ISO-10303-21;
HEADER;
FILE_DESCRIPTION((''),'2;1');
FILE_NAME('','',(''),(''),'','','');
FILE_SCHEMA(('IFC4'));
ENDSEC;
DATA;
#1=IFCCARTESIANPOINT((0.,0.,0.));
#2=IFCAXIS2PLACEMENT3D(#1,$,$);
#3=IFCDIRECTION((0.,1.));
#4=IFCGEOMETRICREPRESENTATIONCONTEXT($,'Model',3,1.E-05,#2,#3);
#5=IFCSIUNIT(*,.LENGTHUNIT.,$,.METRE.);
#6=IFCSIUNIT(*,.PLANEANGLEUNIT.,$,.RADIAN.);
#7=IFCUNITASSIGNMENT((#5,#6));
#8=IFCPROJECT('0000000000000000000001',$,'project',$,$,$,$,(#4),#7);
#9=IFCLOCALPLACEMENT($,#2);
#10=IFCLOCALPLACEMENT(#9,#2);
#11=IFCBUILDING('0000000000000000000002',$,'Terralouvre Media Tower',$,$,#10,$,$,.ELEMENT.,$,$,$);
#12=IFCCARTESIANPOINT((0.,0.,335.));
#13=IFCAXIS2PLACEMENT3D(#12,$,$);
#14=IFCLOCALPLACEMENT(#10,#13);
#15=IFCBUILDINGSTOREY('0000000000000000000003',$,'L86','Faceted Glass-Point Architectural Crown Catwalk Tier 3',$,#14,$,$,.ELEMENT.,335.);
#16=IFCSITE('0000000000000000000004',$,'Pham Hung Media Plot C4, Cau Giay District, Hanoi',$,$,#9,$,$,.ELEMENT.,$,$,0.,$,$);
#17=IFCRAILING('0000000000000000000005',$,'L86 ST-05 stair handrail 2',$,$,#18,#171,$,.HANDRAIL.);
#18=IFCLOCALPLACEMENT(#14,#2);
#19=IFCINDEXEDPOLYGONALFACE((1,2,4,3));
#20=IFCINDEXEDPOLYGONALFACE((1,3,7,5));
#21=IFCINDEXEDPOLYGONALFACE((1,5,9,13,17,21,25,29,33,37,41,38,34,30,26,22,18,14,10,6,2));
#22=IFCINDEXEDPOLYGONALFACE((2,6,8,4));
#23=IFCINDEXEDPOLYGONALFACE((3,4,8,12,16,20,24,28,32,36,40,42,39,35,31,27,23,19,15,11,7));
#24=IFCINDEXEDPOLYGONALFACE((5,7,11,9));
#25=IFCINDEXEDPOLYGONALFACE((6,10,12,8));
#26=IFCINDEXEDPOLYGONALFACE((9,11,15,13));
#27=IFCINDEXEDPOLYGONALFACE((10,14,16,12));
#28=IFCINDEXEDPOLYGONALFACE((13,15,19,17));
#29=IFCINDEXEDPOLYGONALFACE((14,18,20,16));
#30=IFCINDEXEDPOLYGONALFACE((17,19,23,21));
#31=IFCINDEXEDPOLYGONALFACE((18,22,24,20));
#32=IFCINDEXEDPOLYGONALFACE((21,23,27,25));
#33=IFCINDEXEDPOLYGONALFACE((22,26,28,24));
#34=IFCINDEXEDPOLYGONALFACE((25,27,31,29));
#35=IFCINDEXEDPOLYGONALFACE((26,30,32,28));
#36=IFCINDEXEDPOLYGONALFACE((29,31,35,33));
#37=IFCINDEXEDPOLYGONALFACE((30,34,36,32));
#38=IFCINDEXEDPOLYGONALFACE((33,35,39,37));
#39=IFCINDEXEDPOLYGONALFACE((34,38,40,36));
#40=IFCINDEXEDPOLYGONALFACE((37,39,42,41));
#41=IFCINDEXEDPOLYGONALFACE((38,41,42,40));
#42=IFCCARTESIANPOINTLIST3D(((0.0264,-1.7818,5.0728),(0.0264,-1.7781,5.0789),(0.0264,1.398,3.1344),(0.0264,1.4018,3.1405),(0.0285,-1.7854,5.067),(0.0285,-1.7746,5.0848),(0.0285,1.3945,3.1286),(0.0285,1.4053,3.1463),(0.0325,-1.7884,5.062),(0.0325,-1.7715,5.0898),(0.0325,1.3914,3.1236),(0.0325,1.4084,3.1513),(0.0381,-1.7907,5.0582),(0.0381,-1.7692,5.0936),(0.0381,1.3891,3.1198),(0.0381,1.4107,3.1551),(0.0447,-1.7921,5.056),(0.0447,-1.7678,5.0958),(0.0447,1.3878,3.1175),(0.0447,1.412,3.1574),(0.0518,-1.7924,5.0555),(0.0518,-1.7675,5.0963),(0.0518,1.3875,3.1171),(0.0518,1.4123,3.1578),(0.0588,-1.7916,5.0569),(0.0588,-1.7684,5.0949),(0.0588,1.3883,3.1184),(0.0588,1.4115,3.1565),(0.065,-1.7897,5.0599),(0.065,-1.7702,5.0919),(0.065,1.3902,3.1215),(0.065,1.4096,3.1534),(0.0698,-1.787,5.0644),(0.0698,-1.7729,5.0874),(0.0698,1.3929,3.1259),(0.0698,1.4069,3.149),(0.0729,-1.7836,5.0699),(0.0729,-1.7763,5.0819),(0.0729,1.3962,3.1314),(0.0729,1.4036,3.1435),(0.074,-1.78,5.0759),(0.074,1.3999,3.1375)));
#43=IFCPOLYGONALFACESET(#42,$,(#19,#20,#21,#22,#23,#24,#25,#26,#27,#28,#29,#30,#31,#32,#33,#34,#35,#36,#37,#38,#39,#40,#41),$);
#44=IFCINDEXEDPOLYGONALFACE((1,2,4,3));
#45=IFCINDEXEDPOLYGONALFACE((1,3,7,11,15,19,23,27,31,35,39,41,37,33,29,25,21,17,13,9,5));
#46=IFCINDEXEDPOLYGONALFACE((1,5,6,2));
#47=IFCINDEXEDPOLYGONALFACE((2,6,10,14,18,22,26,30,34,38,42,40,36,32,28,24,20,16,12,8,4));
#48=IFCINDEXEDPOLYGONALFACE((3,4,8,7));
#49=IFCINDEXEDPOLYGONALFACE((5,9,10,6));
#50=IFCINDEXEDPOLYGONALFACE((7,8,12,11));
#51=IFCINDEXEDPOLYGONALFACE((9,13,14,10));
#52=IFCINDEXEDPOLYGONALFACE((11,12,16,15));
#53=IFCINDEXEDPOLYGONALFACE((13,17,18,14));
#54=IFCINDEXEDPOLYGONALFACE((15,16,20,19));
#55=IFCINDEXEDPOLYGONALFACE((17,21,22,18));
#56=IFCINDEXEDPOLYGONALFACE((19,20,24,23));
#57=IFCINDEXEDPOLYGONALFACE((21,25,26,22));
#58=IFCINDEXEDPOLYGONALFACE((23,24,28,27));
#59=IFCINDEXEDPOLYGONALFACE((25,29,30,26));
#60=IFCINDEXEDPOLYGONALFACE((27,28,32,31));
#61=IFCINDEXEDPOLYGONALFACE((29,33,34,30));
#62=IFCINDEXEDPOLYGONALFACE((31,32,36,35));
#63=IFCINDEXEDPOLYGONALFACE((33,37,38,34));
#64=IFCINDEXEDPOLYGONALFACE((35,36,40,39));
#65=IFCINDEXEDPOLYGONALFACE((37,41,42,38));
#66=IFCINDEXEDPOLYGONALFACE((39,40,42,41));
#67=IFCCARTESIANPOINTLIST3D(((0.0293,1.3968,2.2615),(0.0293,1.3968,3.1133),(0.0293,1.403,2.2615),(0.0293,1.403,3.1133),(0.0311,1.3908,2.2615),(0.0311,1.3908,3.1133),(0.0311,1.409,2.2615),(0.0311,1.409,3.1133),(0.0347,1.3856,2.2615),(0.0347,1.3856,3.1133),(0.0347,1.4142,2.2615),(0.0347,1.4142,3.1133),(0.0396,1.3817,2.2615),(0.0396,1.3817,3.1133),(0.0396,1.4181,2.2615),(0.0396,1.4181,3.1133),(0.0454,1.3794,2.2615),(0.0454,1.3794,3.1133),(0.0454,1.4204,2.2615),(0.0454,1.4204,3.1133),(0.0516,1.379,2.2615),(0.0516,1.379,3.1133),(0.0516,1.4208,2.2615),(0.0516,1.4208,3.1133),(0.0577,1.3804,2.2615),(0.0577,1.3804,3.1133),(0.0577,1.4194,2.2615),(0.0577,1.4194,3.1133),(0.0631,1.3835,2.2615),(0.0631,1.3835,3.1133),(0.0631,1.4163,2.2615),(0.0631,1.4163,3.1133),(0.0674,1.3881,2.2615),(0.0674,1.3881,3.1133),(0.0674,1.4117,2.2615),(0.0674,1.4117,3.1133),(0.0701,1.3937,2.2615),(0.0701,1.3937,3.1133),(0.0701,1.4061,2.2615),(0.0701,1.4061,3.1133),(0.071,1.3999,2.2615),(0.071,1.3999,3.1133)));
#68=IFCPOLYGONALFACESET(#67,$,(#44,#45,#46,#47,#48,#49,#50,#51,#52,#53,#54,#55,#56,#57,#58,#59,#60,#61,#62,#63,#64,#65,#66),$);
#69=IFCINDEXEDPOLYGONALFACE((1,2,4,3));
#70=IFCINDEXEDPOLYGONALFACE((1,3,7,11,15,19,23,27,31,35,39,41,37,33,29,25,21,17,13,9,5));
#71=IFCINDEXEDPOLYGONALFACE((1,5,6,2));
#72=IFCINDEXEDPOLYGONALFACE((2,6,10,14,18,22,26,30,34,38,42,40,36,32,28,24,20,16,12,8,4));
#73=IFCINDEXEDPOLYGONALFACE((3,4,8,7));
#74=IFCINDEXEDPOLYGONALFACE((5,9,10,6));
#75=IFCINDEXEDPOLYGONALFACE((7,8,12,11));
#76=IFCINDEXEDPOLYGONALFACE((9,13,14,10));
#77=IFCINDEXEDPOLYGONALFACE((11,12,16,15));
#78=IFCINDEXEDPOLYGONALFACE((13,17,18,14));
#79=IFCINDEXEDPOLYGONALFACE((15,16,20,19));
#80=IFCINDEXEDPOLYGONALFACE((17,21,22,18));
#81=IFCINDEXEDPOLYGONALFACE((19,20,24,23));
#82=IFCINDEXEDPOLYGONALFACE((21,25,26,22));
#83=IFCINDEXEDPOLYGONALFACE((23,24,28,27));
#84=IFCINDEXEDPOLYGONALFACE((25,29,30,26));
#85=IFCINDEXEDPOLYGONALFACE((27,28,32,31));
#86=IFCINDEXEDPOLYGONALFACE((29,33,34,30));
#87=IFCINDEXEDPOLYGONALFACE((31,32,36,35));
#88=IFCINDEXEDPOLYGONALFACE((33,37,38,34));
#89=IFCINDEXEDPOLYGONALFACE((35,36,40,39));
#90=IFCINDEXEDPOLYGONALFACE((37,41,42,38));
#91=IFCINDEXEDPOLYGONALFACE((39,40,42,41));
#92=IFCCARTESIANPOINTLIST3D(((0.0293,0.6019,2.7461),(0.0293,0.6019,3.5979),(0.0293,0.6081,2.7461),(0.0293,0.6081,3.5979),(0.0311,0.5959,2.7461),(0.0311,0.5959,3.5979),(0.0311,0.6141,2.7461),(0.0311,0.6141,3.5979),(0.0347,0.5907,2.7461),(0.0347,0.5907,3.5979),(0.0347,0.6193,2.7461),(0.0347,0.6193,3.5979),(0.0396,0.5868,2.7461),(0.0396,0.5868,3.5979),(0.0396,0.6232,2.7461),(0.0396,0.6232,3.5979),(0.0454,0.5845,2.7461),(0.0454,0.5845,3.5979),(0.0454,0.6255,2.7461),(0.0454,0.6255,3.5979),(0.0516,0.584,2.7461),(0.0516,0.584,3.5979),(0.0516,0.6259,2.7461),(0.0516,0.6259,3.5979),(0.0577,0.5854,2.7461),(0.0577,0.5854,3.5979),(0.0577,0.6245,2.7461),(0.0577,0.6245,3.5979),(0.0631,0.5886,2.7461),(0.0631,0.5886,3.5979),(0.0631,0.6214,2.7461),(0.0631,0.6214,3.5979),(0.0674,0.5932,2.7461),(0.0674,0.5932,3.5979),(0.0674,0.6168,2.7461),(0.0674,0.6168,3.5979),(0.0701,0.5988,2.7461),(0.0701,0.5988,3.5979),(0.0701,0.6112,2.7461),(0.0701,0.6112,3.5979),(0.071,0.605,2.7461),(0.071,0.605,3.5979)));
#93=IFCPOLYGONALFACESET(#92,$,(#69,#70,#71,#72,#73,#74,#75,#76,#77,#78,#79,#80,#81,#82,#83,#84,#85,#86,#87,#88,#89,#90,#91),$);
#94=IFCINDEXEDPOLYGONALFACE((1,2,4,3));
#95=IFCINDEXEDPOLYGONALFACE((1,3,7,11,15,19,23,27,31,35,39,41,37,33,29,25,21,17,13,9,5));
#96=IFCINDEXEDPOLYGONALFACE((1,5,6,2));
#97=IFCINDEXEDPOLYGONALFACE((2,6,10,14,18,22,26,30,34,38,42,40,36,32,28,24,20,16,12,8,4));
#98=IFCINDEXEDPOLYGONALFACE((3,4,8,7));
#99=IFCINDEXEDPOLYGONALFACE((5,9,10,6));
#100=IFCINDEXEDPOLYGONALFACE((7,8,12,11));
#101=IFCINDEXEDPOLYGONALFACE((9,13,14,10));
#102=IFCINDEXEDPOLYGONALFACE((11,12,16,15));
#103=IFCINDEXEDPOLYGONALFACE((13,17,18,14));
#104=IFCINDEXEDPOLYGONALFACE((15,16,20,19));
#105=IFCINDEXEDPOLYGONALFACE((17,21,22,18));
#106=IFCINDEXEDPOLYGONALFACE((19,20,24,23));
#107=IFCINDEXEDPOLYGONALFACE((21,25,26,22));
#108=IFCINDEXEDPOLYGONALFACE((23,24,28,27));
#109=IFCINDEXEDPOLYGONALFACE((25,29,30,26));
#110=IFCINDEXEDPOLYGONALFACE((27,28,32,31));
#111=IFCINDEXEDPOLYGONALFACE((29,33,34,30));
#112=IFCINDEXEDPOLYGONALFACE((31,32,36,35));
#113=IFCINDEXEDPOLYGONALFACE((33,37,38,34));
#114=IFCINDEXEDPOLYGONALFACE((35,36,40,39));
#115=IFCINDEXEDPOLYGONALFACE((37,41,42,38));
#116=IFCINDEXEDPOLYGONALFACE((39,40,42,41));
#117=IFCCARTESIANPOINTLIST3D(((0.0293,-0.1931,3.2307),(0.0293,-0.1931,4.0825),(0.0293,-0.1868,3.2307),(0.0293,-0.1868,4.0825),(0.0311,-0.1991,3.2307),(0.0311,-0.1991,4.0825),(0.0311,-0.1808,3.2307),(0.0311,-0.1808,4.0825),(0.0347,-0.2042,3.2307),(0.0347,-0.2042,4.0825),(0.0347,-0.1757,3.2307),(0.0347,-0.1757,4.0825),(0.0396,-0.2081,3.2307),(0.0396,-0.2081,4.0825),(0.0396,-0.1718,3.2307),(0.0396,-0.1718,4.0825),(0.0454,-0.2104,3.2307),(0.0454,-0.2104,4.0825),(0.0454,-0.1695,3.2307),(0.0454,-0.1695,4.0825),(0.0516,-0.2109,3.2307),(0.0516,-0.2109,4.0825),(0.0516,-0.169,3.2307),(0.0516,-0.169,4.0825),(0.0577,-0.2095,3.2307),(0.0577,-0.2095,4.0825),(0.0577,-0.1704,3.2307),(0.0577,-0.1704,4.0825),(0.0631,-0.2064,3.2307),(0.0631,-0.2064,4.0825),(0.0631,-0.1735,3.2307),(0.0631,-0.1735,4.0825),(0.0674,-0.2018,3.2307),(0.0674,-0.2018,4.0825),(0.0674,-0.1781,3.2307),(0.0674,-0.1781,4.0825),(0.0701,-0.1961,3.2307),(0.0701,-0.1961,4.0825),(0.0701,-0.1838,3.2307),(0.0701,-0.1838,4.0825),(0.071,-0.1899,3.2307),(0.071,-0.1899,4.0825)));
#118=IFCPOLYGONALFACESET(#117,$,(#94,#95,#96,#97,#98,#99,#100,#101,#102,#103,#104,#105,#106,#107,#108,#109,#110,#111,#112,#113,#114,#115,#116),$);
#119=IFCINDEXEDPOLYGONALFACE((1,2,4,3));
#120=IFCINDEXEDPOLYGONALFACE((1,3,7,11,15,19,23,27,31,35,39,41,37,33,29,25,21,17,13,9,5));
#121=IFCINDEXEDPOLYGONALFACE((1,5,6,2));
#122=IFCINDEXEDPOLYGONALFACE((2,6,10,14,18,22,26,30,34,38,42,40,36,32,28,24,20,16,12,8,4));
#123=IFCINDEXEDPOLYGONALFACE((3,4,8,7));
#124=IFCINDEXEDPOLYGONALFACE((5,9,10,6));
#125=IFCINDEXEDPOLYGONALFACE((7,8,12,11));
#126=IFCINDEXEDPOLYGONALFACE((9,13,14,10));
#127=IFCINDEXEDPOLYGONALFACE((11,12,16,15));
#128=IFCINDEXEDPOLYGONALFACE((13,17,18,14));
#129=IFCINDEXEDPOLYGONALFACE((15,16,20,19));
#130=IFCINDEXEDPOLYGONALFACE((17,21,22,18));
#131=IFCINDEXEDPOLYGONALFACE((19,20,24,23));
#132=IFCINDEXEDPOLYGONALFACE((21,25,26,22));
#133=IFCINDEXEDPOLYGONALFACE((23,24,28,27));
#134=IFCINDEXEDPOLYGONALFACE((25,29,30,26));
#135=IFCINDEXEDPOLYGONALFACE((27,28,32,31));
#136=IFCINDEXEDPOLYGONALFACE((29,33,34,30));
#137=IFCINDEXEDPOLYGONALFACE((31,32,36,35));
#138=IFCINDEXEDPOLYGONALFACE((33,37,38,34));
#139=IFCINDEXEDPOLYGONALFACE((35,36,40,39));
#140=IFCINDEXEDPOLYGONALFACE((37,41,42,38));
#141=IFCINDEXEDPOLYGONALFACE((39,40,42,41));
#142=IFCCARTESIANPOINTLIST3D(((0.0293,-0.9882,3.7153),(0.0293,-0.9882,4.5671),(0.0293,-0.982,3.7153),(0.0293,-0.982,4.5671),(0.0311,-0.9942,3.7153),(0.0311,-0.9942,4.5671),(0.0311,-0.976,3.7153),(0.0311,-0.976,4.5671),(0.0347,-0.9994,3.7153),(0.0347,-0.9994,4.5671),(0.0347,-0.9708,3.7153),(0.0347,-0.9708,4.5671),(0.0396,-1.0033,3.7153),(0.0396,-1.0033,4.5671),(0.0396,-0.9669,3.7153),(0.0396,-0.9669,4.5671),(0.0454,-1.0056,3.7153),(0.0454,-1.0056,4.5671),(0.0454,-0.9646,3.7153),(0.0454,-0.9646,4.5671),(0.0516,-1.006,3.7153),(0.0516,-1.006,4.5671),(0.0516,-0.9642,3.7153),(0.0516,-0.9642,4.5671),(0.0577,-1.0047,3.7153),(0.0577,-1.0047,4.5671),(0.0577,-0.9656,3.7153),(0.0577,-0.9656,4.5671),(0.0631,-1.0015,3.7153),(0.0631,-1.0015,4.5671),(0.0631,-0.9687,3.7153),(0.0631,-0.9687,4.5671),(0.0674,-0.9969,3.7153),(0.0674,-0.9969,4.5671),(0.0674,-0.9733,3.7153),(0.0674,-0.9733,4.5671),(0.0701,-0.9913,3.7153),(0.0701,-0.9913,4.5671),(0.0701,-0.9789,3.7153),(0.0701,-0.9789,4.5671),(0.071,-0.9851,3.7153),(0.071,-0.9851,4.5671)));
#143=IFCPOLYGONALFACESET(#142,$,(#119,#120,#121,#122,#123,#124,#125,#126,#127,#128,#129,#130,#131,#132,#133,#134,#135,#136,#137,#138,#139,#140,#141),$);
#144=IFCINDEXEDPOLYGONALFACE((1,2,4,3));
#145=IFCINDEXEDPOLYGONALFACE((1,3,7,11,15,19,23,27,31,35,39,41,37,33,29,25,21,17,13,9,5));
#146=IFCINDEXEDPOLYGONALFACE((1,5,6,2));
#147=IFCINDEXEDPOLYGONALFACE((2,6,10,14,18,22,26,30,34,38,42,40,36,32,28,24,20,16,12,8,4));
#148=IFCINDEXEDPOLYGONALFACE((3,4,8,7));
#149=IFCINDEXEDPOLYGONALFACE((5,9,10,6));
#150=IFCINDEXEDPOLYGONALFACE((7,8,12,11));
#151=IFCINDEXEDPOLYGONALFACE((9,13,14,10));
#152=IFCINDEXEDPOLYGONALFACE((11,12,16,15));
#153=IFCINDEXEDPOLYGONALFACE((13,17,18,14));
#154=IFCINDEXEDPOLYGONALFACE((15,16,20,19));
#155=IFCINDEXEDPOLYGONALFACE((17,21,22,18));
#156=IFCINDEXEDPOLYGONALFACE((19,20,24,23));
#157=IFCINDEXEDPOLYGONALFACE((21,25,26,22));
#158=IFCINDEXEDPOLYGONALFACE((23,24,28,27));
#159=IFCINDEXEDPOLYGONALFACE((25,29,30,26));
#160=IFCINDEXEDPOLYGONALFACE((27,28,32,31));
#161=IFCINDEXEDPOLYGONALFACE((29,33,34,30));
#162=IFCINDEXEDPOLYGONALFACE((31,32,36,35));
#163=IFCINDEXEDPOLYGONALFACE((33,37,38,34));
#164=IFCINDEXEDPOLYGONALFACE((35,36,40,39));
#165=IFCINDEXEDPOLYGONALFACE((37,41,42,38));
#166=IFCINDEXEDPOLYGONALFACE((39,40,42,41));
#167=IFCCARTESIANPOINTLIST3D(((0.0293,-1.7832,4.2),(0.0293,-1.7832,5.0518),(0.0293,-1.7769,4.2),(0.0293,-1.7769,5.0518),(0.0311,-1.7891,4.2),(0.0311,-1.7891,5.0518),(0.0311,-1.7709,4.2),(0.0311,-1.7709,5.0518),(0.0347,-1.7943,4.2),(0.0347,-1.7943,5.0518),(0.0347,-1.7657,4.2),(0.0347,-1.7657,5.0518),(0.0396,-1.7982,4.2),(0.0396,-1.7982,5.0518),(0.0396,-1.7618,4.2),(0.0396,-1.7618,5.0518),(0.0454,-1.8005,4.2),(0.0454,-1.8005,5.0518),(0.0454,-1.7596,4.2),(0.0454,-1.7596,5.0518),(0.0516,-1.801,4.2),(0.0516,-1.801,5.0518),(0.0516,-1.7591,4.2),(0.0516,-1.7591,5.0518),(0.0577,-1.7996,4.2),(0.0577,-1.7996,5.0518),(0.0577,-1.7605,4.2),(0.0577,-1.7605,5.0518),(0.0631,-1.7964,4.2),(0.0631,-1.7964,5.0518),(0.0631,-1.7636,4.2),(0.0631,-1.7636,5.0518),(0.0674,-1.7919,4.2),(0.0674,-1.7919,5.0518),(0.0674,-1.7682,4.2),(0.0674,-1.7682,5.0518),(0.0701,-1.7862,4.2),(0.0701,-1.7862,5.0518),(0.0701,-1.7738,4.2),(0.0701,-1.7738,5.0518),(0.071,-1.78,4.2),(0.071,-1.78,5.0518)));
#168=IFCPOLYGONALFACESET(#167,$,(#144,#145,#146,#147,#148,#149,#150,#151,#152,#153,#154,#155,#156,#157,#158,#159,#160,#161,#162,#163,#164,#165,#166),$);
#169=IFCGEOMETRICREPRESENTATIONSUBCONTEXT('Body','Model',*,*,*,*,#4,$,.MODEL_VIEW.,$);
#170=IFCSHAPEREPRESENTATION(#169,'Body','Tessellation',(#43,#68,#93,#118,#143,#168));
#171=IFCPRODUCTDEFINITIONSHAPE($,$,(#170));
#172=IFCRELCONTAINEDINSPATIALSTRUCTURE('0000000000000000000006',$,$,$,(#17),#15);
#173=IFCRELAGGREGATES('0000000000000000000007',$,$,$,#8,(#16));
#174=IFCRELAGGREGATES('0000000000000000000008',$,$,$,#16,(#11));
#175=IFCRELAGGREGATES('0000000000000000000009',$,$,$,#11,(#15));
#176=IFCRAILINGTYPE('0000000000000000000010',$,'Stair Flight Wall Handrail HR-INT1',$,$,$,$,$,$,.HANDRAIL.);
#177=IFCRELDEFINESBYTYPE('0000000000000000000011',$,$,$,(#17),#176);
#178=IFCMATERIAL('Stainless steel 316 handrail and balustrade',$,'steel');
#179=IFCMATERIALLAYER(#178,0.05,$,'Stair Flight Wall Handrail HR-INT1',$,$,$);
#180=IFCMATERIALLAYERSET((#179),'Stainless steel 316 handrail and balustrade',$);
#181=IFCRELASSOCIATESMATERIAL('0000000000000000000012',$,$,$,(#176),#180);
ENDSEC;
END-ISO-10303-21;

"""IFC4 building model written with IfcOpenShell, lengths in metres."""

from ifc_helpers import new_model, si_unit, direction, frame, origin, origin_2d, place, context, subcontext, project, spatial, circle, extrude, material, layer, layer_set, type_object, element, save


model = new_model("IFC4")

# Units and contexts
model_context = context("Model", 3, precision=1e-05, world=origin(), true_north=direction((0.0, 1.0)))
body_context = subcontext(model_context, "Body", "Model", "MODEL_VIEW")
ifc_project = project(units=[si_unit("LENGTHUNIT", "METRE"), si_unit("PLANEANGLEUNIT", "RADIAN")], contexts=[model_context])

# Site, building, storey
site_placement = place(None, origin())
site = spatial("IfcSite", under=ifc_project, at=site_placement, Name="Pham Hung Media Plot C4, Cau Giay District, Hanoi", CompositionType="ELEMENT", RefElevation=0.0)
building_placement = place(site_placement, origin())
building = spatial("IfcBuilding", under=site, at=building_placement, Name="Terralouvre Media Tower", CompositionType="ELEMENT")
storey_placement = place(building_placement, frame((0.0, 0.0, 335.0)))
storey = spatial("IfcBuildingStorey", under=building, at=storey_placement, Name="L86", Description="Faceted Glass-Point Architectural Crown Catwalk Tier 3", CompositionType="ELEMENT", Elevation=335.0)

# Railing
ifc_material_1 = material(Name="Stainless steel 316 handrail and balustrade", Category="steel")
ifc_layer_1 = layer(ifc_material_1, 0.05, Name="Stair Flight Wall Handrail HR-INT1")
ifc_layer_set_1 = layer_set([ifc_layer_1], Name="Stainless steel 316 handrail and balustrade")
railing_type_1 = type_object("IfcRailingType", Name="Stair Flight Wall Handrail HR-INT1", PredefinedType="HANDRAIL", material=ifc_layer_set_1)
railing_1_placement = place(storey_placement, frame((0.05, 1.3999, 2.2615)))
element("IfcRailing", 1, at=railing_1_placement, inside=storey, type_object=railing_type_1, Name="L86 ST-05 stair handrail 2", PredefinedType="HANDRAIL", context=body_context, shape_type="SweptSolid", body=[
    extrude(circle(Radius=0.0239, at=origin_2d()), frame((0.0, 0.0, 0.876), z_axis=(0.0, -0.853857, 0.520508), x_axis=(1.0, 0.0, 0.0)), (0.0, 0.0, 1.0), 3.7241),
    extrude(circle(Radius=0.021, at=origin_2d()), origin(), (0.0, 0.0, 1.0), 0.8518),
    extrude(circle(Radius=0.021, at=origin_2d()), frame((0.0, -0.7949, 0.4846)), (0.0, 0.0, 1.0), 0.8518),
    extrude(circle(Radius=0.021, at=origin_2d()), frame((0.0, -1.5898, 0.9692)), (0.0, 0.0, 1.0), 0.8518),
    extrude(circle(Radius=0.021, at=origin_2d()), frame((0.0, -2.385, 1.4539)), (0.0, 0.0, 1.0), 0.8518),
    extrude(circle(Radius=0.021, at=origin_2d()), frame((0.0, -3.1799, 1.9385)), (0.0, 0.0, 1.0), 0.8518),
])

save(model, "model.ifc")
